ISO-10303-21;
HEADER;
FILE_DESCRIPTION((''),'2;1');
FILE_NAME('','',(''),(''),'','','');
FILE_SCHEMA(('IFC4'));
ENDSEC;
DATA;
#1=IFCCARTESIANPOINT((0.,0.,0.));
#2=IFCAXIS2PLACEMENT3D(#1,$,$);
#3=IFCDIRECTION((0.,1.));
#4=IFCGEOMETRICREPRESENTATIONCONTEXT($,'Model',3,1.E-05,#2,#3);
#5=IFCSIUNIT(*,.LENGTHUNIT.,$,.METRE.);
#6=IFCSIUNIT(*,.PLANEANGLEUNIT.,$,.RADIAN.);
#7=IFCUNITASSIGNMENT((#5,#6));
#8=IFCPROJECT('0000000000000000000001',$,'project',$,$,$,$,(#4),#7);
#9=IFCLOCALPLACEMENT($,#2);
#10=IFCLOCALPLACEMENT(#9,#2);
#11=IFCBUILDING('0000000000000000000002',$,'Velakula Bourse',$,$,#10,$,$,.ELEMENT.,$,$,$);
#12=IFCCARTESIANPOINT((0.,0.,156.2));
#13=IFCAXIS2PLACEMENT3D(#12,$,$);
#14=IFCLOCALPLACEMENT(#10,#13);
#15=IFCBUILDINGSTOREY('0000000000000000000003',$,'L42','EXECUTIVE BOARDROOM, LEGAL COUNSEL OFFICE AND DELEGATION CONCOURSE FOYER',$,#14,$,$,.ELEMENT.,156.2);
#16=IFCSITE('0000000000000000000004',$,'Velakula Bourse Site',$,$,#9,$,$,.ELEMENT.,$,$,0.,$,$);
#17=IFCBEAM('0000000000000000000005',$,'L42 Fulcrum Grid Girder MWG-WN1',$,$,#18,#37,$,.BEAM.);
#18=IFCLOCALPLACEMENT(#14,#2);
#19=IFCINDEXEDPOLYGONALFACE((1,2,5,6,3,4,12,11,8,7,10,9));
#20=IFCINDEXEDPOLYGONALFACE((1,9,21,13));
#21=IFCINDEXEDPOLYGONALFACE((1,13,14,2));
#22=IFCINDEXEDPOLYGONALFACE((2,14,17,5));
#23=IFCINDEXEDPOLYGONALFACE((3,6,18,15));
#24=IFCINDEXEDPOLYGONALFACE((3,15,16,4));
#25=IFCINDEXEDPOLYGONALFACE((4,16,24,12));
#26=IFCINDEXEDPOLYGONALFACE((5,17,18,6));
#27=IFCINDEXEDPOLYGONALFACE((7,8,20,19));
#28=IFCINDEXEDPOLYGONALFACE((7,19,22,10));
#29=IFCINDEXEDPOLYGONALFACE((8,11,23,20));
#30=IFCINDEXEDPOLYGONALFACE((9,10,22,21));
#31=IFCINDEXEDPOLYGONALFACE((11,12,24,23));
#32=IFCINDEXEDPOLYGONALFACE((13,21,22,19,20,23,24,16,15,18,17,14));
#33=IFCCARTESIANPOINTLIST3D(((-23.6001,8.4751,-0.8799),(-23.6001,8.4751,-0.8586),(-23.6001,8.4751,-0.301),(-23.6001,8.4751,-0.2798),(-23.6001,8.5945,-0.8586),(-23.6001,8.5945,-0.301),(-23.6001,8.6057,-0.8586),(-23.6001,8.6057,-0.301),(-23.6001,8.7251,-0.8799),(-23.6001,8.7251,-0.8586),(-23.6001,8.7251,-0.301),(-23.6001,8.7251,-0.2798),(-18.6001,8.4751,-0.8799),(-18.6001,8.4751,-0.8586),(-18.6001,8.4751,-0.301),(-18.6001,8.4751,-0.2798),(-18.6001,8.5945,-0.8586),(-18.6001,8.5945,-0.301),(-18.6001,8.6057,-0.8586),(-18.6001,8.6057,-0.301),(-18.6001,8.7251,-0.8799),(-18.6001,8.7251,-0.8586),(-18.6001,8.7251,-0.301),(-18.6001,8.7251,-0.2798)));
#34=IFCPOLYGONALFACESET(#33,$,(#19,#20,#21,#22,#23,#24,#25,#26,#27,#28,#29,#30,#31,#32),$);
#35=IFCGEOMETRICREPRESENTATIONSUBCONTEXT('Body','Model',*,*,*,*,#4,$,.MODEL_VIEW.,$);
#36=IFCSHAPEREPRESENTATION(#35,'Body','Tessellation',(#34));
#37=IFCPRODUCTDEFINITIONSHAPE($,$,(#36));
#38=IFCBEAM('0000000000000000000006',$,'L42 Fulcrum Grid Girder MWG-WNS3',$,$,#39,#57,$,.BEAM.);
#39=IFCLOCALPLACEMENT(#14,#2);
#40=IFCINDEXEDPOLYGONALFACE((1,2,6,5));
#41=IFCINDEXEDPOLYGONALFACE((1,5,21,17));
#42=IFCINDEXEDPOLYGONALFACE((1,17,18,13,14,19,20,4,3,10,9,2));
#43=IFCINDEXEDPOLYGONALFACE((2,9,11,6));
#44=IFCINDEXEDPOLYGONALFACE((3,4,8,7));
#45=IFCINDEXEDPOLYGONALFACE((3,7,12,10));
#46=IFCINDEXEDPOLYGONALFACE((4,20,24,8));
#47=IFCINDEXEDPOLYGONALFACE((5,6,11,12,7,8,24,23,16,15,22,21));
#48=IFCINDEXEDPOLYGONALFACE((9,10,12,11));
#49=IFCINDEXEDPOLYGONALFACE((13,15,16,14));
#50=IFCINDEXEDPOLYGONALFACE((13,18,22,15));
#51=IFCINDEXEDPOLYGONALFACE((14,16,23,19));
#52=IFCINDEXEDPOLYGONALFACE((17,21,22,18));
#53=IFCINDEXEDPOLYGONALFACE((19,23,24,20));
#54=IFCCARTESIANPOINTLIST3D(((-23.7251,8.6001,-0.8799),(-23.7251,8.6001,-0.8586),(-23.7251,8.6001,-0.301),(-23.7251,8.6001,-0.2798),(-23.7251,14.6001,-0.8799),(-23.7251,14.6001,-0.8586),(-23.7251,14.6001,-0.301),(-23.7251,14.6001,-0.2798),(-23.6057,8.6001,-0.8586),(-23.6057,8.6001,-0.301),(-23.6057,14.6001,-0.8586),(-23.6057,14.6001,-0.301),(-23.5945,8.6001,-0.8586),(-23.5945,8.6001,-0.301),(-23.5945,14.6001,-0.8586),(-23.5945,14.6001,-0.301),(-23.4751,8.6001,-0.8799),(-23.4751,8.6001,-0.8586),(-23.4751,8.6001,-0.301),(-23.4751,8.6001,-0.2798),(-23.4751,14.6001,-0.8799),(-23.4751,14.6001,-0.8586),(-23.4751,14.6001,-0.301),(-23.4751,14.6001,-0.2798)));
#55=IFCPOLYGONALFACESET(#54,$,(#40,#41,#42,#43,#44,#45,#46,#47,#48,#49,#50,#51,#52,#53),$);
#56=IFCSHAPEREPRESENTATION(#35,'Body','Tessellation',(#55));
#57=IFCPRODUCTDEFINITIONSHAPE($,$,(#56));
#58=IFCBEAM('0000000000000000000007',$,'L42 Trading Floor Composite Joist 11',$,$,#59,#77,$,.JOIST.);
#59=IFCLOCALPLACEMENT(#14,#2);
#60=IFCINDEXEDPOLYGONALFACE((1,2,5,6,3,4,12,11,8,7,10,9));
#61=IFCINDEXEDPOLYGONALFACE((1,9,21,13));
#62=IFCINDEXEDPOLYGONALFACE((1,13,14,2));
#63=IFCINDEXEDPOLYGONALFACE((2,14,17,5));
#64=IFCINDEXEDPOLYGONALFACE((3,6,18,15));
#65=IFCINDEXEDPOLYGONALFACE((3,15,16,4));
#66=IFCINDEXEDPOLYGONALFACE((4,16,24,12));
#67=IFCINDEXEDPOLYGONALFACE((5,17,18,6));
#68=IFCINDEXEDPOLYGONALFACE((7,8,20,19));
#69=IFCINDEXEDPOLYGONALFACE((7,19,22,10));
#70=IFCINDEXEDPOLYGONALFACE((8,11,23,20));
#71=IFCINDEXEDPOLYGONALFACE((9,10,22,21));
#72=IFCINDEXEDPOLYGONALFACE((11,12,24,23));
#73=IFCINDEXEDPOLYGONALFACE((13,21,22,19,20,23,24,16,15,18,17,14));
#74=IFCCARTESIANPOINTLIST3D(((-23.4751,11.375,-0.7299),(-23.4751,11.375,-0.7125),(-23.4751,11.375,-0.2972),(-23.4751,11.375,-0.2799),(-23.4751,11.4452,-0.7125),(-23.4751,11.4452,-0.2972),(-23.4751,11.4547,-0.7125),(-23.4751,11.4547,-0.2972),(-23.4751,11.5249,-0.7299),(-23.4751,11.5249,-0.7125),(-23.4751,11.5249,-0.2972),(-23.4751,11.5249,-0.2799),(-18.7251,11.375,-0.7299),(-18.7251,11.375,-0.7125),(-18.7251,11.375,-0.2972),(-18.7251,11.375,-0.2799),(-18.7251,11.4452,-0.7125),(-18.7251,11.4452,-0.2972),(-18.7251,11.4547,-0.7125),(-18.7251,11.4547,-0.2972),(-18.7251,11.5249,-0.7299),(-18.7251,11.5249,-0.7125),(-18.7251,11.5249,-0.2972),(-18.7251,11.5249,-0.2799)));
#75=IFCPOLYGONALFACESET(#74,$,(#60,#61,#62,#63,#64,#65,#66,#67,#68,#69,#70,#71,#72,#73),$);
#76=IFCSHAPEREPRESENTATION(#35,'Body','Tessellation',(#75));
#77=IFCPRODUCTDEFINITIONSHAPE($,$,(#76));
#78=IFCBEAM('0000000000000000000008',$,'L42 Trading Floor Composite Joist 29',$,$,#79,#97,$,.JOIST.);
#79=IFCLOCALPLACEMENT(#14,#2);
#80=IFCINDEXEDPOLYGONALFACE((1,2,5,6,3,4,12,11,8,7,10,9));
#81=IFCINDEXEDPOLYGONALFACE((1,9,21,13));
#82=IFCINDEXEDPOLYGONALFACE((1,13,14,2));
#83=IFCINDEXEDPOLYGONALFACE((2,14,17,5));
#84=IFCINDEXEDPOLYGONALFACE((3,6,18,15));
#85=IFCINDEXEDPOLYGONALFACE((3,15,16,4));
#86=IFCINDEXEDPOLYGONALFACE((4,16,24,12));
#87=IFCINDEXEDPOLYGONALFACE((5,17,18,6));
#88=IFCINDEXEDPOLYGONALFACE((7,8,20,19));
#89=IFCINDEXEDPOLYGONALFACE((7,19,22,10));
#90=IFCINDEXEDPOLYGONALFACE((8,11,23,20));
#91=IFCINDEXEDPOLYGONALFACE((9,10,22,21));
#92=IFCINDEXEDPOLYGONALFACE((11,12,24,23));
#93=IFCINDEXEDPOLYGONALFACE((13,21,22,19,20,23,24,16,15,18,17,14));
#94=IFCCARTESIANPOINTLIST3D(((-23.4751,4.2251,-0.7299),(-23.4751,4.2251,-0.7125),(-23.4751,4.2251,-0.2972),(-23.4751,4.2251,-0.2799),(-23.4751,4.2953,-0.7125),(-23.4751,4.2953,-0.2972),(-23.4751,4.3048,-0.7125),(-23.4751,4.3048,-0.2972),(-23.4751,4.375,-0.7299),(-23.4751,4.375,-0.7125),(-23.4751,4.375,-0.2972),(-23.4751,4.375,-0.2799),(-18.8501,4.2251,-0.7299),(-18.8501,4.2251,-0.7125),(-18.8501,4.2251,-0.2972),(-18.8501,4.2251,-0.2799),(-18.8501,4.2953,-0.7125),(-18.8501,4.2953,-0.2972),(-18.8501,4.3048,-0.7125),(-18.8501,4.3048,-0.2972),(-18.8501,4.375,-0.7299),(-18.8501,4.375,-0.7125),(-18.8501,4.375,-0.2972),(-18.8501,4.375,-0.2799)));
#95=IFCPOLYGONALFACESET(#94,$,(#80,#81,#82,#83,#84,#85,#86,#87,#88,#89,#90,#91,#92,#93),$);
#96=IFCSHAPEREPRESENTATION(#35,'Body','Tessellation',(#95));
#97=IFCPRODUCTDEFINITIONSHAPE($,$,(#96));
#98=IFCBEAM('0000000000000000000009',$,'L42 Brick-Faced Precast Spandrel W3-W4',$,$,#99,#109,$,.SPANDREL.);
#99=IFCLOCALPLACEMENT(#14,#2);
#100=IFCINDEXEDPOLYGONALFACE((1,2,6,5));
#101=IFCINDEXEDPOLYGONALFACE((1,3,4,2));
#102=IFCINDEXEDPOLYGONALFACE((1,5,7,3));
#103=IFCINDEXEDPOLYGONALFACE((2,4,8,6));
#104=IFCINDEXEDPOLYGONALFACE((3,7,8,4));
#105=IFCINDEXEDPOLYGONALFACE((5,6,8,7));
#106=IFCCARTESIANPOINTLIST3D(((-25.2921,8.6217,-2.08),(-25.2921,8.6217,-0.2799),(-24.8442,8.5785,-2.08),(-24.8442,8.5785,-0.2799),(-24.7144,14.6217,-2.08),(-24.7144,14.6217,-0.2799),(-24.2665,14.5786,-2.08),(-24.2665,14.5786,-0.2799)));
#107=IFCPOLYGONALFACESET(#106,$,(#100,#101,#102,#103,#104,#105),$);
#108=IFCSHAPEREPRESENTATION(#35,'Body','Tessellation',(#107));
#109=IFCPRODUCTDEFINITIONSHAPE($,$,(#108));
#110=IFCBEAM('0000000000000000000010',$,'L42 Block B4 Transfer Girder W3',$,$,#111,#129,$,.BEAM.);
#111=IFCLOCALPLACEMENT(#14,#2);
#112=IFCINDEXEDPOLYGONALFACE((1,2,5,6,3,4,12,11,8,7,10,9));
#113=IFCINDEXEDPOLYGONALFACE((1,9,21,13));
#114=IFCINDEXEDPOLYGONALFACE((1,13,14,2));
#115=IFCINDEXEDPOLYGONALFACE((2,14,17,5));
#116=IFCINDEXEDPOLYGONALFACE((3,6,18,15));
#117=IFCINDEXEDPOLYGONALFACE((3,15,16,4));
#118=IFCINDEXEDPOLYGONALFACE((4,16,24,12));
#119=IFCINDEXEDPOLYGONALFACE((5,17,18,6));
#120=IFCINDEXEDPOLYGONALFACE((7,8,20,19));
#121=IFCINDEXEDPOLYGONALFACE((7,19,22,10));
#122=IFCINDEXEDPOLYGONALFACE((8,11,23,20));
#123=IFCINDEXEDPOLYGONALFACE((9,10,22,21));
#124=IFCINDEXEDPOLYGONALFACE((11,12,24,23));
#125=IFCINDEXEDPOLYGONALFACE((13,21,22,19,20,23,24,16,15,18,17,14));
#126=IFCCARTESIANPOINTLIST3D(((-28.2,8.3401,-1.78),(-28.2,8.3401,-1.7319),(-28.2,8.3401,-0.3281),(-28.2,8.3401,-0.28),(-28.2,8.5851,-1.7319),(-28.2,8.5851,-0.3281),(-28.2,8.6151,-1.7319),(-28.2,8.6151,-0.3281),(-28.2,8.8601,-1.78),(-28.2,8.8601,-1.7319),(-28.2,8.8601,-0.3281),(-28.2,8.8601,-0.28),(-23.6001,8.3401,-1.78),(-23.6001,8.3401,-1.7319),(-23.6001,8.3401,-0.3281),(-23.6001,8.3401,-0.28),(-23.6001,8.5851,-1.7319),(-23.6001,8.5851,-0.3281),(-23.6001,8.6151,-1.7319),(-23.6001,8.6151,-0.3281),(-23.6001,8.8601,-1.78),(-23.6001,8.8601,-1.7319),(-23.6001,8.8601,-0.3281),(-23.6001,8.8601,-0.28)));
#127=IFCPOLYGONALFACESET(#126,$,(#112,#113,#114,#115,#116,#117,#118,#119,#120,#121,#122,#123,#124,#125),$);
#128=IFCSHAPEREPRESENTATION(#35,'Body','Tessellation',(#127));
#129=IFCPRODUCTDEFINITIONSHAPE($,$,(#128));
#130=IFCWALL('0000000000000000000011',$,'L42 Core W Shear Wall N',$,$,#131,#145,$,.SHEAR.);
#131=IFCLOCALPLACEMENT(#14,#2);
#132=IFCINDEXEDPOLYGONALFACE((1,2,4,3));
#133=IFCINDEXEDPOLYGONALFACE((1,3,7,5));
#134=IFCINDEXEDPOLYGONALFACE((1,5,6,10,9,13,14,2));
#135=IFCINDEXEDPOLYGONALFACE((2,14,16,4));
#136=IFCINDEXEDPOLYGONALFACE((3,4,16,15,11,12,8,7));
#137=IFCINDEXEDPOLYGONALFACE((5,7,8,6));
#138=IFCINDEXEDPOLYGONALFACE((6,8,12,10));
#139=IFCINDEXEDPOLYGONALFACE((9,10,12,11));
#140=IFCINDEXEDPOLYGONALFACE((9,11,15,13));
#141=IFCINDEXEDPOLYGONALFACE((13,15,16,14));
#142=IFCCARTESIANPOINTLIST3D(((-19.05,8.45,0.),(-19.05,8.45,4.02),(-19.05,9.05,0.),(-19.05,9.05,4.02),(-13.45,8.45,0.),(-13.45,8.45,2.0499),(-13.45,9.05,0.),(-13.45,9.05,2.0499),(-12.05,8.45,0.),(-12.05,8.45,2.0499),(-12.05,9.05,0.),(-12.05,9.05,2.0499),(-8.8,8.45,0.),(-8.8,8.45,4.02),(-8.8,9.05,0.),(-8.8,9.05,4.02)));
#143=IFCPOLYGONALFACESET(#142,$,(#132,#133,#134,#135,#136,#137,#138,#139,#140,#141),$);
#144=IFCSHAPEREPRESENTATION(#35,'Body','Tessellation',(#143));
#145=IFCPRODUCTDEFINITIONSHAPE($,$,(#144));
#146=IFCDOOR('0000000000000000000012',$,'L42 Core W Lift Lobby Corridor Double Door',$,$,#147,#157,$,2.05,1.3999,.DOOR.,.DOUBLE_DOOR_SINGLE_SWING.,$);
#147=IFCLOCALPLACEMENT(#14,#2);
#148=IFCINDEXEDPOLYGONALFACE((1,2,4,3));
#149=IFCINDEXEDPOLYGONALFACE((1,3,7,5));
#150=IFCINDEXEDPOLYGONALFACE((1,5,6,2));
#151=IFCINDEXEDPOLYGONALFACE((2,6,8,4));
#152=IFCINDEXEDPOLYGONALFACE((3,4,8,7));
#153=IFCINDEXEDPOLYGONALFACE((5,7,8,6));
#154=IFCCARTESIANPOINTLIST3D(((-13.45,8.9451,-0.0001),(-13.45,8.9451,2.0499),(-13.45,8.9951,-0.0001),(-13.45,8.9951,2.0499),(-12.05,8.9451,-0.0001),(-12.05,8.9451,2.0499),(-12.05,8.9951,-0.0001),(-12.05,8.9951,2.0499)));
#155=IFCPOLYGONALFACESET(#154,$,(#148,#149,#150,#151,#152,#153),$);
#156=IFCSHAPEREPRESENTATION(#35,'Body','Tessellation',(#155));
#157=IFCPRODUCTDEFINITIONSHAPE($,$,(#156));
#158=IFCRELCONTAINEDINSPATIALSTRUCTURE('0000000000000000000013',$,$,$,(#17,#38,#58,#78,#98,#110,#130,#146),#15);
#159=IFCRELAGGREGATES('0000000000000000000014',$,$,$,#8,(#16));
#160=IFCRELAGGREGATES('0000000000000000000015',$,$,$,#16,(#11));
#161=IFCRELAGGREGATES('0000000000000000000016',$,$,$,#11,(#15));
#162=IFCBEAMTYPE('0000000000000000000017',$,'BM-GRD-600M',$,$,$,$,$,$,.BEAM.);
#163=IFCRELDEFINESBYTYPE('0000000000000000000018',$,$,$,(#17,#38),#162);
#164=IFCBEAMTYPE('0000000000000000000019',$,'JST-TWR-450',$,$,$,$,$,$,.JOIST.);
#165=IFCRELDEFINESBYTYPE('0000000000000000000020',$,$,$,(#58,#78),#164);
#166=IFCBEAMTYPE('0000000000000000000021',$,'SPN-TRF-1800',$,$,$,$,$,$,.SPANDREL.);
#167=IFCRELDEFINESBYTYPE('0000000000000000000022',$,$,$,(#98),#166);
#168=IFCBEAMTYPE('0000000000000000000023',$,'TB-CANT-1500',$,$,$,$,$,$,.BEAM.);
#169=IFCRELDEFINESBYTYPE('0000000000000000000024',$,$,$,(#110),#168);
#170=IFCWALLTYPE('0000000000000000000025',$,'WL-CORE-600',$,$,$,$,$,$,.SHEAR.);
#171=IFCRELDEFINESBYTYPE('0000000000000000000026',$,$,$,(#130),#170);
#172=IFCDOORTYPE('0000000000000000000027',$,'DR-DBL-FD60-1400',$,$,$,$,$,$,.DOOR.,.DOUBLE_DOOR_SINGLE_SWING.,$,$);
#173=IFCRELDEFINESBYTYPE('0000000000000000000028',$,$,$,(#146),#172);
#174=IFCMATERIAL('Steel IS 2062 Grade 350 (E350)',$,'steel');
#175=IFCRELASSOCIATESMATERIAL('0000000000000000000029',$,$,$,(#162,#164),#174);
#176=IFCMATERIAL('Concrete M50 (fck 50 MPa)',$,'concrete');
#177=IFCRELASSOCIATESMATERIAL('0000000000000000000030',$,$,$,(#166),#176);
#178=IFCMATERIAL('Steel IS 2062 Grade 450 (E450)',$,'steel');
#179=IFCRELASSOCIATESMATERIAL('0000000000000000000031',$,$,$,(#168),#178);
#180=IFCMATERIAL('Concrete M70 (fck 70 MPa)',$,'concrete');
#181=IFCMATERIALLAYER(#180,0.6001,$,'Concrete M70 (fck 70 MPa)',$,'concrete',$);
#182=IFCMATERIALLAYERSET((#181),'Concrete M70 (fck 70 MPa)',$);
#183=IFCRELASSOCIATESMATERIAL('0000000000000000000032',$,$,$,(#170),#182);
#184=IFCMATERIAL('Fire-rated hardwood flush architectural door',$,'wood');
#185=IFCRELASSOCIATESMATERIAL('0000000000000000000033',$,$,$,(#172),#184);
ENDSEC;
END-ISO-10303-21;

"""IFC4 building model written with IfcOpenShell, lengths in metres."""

from ifc_helpers import new_model, si_unit, direction, frame, frame_2d, origin, origin_2d, place, context, subcontext, project, spatial, rectangle, i_section, extrude, material, layer, layer_set, material_profile, profile_set, type_object, element, fill, save


model = new_model("IFC4")

# Units and contexts
model_context = context("Model", 3, precision=1e-05, world=origin(), true_north=direction((0.0, 1.0)))
body_context = subcontext(model_context, "Body", "Model", "MODEL_VIEW")
ifc_project = project(units=[si_unit("LENGTHUNIT", "METRE"), si_unit("PLANEANGLEUNIT", "RADIAN")], contexts=[model_context])

# Site, building, storey
site_placement = place(None, origin())
site = spatial("IfcSite", under=ifc_project, at=site_placement, Name="Velakula Bourse Site", CompositionType="ELEMENT", RefElevation=0.0)
building_placement = place(site_placement, origin())
building = spatial("IfcBuilding", under=site, at=building_placement, Name="Velakula Bourse", CompositionType="ELEMENT")
storey_placement = place(building_placement, frame((0.0, 0.0, 156.2)))
storey = spatial("IfcBuildingStorey", under=building, at=storey_placement, Name="L42", Description="EXECUTIVE BOARDROOM, LEGAL COUNSEL OFFICE AND DELEGATION CONCOURSE FOYER", CompositionType="ELEMENT", Elevation=156.2)

# Shared definitions
ifc_material_1 = material(Name="Concrete M70 (fck 70 MPa)", Category="concrete")
ifc_material_2 = material(Name="Steel IS 2062 Grade 350 (E350)", Category="steel")

# Beams
ifc_material_profile_1 = material_profile(ifc_material_2, i_section(OverallWidth=0.25, OverallDepth=0.6001, WebThickness=0.0112, FlangeThickness=0.0212, at=origin_2d()), Name="Steel IS 2062 Grade 350 (E350)")
ifc_profile_set_1 = profile_set([ifc_material_profile_1], Name="Steel IS 2062 Grade 350 (E350)")
beam_type_1 = type_object("IfcBeamType", Name="BM-GRD-600M", PredefinedType="BEAM", material=ifc_profile_set_1)
beam_1_placement = place(storey_placement, frame((-23.6001, 8.6001, -0.5798), z_axis=(1.0, 0.0, 0.0), x_axis=(0.0, 1.0, 0.0)))
element("IfcBeam", 1, at=beam_1_placement, inside=storey, type_object=beam_type_1, Name="L42 Fulcrum Grid Girder MWG-WN1", PredefinedType="BEAM", context=body_context, shape_type="SweptSolid", body=[
    extrude(i_section(OverallWidth=0.25, OverallDepth=0.6001, WebThickness=0.0112, FlangeThickness=0.0212, at=origin_2d()), origin(), (0.0, 0.0, 1.0), 5.0),
])
beam_2_placement = place(storey_placement, frame((-23.6001, 8.6001, -0.5798), z_axis=(0.0, 1.0, 0.0), x_axis=(-1.0, 0.0, 0.0)))
element("IfcBeam", 2, at=beam_2_placement, inside=storey, type_object=beam_type_1, Name="L42 Fulcrum Grid Girder MWG-WNS3", PredefinedType="BEAM", context=body_context, shape_type="SweptSolid", body=[
    extrude(i_section(OverallWidth=0.25, OverallDepth=0.6001, WebThickness=0.0112, FlangeThickness=0.0212, at=origin_2d()), origin(), (0.0, 0.0, 1.0), 6.0),
])
ifc_material_profile_2 = material_profile(ifc_material_2, i_section(OverallWidth=0.1499, OverallDepth=0.45, WebThickness=0.0095, FlangeThickness=0.0173, at=origin_2d()), Name="Steel IS 2062 Grade 350 (E350)")
ifc_profile_set_2 = profile_set([ifc_material_profile_2], Name="Steel IS 2062 Grade 350 (E350)")
beam_type_2 = type_object("IfcBeamType", Name="JST-TWR-450", PredefinedType="JOIST", material=ifc_profile_set_2)
beam_3_placement = place(storey_placement, frame((-23.4751, 11.45, -0.5049), z_axis=(1.0, 0.0, 0.0), x_axis=(0.0, 1.0, 0.0)))
element("IfcBeam", 3, at=beam_3_placement, inside=storey, type_object=beam_type_2, Name="L42 Trading Floor Composite Joist 11", PredefinedType="JOIST", context=body_context, shape_type="SweptSolid", body=[
    extrude(i_section(OverallWidth=0.1499, OverallDepth=0.45, WebThickness=0.0095, FlangeThickness=0.0173, at=origin_2d()), origin(), (0.0, 0.0, 1.0), 4.75),
])
beam_4_placement = place(storey_placement, frame((-23.4751, 4.3, -0.5049), z_axis=(1.0, 0.0, 0.0), x_axis=(0.0, 1.0, 0.0)))
element("IfcBeam", 4, at=beam_4_placement, inside=storey, type_object=beam_type_2, Name="L42 Trading Floor Composite Joist 29", PredefinedType="JOIST", context=body_context, shape_type="SweptSolid", body=[
    extrude(i_section(OverallWidth=0.1499, OverallDepth=0.45, WebThickness=0.0095, FlangeThickness=0.0173, at=origin_2d()), origin(), (0.0, 0.0, 1.0), 4.625),
])
ifc_material_3 = material(Name="Concrete M50 (fck 50 MPa)", Category="concrete")
ifc_material_profile_3 = material_profile(ifc_material_3, rectangle(XDim=0.45, YDim=1.8, at=origin_2d()), Name="Concrete M50 (fck 50 MPa)")
ifc_profile_set_3 = profile_set([ifc_material_profile_3], Name="Concrete M50 (fck 50 MPa)")
beam_type_3 = type_object("IfcBeamType", Name="SPN-TRF-1800", PredefinedType="SPANDREL", material=ifc_profile_set_3)
beam_5_placement = place(storey_placement, frame((-25.0681, 8.6001, -1.1799), z_axis=(0.09583, 0.995398, 0.0), x_axis=(-0.995398, 0.09583, 0.0)))
element("IfcBeam", 5, at=beam_5_placement, inside=storey, type_object=beam_type_3, Name="L42 Brick-Faced Precast Spandrel W3-W4", PredefinedType="SPANDREL", context=body_context, shape_type="SweptSolid", body=[
    extrude(rectangle(XDim=0.45, YDim=1.8, at=origin_2d()), origin(), (0.0, 0.0, 1.0), 6.0278),
])
ifc_material_4 = material(Name="Steel IS 2062 Grade 450 (E450)", Category="steel")
ifc_material_profile_4 = material_profile(ifc_material_4, i_section(OverallWidth=0.52, OverallDepth=1.5, WebThickness=0.03, FlangeThickness=0.0481, at=origin_2d()), Name="Steel IS 2062 Grade 450 (E450)")
ifc_profile_set_4 = profile_set([ifc_material_profile_4], Name="Steel IS 2062 Grade 450 (E450)")
beam_type_4 = type_object("IfcBeamType", Name="TB-CANT-1500", PredefinedType="BEAM", material=ifc_profile_set_4)
beam_6_placement = place(storey_placement, frame((-28.2, 8.6001, -1.03), z_axis=(1.0, 0.0, 0.0), x_axis=(0.0, 1.0, 0.0)))
element("IfcBeam", 6, at=beam_6_placement, inside=storey, type_object=beam_type_4, Name="L42 Block B4 Transfer Girder W3", PredefinedType="BEAM", context=body_context, shape_type="SweptSolid", body=[
    extrude(i_section(OverallWidth=0.52, OverallDepth=1.5, WebThickness=0.03, FlangeThickness=0.0481, at=origin_2d()), origin(), (0.0, 0.0, 1.0), 4.5999),
])

# Wall, opening, door
ifc_layer_1 = layer(ifc_material_1, 0.6001, Name="Concrete M70 (fck 70 MPa)", Category="concrete")
ifc_layer_set_1 = layer_set([ifc_layer_1], Name="Concrete M70 (fck 70 MPa)")
wall_type_1 = type_object("IfcWallType", Name="WL-CORE-600", PredefinedType="SHEAR", material=ifc_layer_set_1)
wall_1_placement = place(storey_placement, frame((-19.05, 8.75, 0.0), z_axis=(0.0, 0.0, 1.0), x_axis=(1.0, 0.0, 0.0)))
wall_1 = element("IfcWall", 7, at=wall_1_placement, inside=storey, type_object=wall_type_1, Name="L42 Core W Shear Wall N", PredefinedType="SHEAR", context=body_context, shape_type="SweptSolid", body=[
    extrude(rectangle(XDim=10.25, YDim=0.6001, at=frame_2d((5.125, 0.0))), origin(), (0.0, 0.0, 1.0), 4.02),
])
opening_1_placement = place(wall_1_placement, frame((5.6001, 0.0, 0.0)))
opening_1 = element("IfcOpeningElement", 8, at=opening_1_placement, cuts=wall_1, PredefinedType="OPENING", context=body_context, shape_type="SweptSolid", body=[
    extrude(rectangle(XDim=1.3999, YDim=2.05, at=frame_2d((0.7, 1.0249))), frame((0.0, 0.3101, 0.0), z_axis=(0.0, -1.0, 0.0), x_axis=(1.0, 0.0, 0.0)), (0.0, 0.0, 1.0), 0.6201),
])
ifc_material_5 = material(Name="Fire-rated hardwood flush architectural door", Category="wood")
door_type_1 = type_object("IfcDoorType", Name="DR-DBL-FD60-1400", OperationType="DOUBLE_DOOR_SINGLE_SWING", PredefinedType="DOOR", material=ifc_material_5)
door_1_placement = place(opening_1_placement, origin())
door_1 = element("IfcDoor", 9, at=door_1_placement, inside=storey, type_object=door_type_1, Name="L42 Core W Lift Lobby Corridor Double Door", OperationType="DOUBLE_DOOR_SINGLE_SWING", OverallHeight=2.05, OverallWidth=1.3999, PredefinedType="DOOR", context=body_context, shape_type="SweptSolid", body=[
    extrude(rectangle(XDim=1.3999, YDim=2.05, at=frame_2d((0.7, 1.0249))), frame((0.0, 0.2451, 0.0), z_axis=(0.0, -1.0, 0.0), x_axis=(1.0, 0.0, 0.0)), (0.0, 0.0, 1.0), 0.05),
])
fill(opening_1, door_1)

save(model, "model.ifc")
